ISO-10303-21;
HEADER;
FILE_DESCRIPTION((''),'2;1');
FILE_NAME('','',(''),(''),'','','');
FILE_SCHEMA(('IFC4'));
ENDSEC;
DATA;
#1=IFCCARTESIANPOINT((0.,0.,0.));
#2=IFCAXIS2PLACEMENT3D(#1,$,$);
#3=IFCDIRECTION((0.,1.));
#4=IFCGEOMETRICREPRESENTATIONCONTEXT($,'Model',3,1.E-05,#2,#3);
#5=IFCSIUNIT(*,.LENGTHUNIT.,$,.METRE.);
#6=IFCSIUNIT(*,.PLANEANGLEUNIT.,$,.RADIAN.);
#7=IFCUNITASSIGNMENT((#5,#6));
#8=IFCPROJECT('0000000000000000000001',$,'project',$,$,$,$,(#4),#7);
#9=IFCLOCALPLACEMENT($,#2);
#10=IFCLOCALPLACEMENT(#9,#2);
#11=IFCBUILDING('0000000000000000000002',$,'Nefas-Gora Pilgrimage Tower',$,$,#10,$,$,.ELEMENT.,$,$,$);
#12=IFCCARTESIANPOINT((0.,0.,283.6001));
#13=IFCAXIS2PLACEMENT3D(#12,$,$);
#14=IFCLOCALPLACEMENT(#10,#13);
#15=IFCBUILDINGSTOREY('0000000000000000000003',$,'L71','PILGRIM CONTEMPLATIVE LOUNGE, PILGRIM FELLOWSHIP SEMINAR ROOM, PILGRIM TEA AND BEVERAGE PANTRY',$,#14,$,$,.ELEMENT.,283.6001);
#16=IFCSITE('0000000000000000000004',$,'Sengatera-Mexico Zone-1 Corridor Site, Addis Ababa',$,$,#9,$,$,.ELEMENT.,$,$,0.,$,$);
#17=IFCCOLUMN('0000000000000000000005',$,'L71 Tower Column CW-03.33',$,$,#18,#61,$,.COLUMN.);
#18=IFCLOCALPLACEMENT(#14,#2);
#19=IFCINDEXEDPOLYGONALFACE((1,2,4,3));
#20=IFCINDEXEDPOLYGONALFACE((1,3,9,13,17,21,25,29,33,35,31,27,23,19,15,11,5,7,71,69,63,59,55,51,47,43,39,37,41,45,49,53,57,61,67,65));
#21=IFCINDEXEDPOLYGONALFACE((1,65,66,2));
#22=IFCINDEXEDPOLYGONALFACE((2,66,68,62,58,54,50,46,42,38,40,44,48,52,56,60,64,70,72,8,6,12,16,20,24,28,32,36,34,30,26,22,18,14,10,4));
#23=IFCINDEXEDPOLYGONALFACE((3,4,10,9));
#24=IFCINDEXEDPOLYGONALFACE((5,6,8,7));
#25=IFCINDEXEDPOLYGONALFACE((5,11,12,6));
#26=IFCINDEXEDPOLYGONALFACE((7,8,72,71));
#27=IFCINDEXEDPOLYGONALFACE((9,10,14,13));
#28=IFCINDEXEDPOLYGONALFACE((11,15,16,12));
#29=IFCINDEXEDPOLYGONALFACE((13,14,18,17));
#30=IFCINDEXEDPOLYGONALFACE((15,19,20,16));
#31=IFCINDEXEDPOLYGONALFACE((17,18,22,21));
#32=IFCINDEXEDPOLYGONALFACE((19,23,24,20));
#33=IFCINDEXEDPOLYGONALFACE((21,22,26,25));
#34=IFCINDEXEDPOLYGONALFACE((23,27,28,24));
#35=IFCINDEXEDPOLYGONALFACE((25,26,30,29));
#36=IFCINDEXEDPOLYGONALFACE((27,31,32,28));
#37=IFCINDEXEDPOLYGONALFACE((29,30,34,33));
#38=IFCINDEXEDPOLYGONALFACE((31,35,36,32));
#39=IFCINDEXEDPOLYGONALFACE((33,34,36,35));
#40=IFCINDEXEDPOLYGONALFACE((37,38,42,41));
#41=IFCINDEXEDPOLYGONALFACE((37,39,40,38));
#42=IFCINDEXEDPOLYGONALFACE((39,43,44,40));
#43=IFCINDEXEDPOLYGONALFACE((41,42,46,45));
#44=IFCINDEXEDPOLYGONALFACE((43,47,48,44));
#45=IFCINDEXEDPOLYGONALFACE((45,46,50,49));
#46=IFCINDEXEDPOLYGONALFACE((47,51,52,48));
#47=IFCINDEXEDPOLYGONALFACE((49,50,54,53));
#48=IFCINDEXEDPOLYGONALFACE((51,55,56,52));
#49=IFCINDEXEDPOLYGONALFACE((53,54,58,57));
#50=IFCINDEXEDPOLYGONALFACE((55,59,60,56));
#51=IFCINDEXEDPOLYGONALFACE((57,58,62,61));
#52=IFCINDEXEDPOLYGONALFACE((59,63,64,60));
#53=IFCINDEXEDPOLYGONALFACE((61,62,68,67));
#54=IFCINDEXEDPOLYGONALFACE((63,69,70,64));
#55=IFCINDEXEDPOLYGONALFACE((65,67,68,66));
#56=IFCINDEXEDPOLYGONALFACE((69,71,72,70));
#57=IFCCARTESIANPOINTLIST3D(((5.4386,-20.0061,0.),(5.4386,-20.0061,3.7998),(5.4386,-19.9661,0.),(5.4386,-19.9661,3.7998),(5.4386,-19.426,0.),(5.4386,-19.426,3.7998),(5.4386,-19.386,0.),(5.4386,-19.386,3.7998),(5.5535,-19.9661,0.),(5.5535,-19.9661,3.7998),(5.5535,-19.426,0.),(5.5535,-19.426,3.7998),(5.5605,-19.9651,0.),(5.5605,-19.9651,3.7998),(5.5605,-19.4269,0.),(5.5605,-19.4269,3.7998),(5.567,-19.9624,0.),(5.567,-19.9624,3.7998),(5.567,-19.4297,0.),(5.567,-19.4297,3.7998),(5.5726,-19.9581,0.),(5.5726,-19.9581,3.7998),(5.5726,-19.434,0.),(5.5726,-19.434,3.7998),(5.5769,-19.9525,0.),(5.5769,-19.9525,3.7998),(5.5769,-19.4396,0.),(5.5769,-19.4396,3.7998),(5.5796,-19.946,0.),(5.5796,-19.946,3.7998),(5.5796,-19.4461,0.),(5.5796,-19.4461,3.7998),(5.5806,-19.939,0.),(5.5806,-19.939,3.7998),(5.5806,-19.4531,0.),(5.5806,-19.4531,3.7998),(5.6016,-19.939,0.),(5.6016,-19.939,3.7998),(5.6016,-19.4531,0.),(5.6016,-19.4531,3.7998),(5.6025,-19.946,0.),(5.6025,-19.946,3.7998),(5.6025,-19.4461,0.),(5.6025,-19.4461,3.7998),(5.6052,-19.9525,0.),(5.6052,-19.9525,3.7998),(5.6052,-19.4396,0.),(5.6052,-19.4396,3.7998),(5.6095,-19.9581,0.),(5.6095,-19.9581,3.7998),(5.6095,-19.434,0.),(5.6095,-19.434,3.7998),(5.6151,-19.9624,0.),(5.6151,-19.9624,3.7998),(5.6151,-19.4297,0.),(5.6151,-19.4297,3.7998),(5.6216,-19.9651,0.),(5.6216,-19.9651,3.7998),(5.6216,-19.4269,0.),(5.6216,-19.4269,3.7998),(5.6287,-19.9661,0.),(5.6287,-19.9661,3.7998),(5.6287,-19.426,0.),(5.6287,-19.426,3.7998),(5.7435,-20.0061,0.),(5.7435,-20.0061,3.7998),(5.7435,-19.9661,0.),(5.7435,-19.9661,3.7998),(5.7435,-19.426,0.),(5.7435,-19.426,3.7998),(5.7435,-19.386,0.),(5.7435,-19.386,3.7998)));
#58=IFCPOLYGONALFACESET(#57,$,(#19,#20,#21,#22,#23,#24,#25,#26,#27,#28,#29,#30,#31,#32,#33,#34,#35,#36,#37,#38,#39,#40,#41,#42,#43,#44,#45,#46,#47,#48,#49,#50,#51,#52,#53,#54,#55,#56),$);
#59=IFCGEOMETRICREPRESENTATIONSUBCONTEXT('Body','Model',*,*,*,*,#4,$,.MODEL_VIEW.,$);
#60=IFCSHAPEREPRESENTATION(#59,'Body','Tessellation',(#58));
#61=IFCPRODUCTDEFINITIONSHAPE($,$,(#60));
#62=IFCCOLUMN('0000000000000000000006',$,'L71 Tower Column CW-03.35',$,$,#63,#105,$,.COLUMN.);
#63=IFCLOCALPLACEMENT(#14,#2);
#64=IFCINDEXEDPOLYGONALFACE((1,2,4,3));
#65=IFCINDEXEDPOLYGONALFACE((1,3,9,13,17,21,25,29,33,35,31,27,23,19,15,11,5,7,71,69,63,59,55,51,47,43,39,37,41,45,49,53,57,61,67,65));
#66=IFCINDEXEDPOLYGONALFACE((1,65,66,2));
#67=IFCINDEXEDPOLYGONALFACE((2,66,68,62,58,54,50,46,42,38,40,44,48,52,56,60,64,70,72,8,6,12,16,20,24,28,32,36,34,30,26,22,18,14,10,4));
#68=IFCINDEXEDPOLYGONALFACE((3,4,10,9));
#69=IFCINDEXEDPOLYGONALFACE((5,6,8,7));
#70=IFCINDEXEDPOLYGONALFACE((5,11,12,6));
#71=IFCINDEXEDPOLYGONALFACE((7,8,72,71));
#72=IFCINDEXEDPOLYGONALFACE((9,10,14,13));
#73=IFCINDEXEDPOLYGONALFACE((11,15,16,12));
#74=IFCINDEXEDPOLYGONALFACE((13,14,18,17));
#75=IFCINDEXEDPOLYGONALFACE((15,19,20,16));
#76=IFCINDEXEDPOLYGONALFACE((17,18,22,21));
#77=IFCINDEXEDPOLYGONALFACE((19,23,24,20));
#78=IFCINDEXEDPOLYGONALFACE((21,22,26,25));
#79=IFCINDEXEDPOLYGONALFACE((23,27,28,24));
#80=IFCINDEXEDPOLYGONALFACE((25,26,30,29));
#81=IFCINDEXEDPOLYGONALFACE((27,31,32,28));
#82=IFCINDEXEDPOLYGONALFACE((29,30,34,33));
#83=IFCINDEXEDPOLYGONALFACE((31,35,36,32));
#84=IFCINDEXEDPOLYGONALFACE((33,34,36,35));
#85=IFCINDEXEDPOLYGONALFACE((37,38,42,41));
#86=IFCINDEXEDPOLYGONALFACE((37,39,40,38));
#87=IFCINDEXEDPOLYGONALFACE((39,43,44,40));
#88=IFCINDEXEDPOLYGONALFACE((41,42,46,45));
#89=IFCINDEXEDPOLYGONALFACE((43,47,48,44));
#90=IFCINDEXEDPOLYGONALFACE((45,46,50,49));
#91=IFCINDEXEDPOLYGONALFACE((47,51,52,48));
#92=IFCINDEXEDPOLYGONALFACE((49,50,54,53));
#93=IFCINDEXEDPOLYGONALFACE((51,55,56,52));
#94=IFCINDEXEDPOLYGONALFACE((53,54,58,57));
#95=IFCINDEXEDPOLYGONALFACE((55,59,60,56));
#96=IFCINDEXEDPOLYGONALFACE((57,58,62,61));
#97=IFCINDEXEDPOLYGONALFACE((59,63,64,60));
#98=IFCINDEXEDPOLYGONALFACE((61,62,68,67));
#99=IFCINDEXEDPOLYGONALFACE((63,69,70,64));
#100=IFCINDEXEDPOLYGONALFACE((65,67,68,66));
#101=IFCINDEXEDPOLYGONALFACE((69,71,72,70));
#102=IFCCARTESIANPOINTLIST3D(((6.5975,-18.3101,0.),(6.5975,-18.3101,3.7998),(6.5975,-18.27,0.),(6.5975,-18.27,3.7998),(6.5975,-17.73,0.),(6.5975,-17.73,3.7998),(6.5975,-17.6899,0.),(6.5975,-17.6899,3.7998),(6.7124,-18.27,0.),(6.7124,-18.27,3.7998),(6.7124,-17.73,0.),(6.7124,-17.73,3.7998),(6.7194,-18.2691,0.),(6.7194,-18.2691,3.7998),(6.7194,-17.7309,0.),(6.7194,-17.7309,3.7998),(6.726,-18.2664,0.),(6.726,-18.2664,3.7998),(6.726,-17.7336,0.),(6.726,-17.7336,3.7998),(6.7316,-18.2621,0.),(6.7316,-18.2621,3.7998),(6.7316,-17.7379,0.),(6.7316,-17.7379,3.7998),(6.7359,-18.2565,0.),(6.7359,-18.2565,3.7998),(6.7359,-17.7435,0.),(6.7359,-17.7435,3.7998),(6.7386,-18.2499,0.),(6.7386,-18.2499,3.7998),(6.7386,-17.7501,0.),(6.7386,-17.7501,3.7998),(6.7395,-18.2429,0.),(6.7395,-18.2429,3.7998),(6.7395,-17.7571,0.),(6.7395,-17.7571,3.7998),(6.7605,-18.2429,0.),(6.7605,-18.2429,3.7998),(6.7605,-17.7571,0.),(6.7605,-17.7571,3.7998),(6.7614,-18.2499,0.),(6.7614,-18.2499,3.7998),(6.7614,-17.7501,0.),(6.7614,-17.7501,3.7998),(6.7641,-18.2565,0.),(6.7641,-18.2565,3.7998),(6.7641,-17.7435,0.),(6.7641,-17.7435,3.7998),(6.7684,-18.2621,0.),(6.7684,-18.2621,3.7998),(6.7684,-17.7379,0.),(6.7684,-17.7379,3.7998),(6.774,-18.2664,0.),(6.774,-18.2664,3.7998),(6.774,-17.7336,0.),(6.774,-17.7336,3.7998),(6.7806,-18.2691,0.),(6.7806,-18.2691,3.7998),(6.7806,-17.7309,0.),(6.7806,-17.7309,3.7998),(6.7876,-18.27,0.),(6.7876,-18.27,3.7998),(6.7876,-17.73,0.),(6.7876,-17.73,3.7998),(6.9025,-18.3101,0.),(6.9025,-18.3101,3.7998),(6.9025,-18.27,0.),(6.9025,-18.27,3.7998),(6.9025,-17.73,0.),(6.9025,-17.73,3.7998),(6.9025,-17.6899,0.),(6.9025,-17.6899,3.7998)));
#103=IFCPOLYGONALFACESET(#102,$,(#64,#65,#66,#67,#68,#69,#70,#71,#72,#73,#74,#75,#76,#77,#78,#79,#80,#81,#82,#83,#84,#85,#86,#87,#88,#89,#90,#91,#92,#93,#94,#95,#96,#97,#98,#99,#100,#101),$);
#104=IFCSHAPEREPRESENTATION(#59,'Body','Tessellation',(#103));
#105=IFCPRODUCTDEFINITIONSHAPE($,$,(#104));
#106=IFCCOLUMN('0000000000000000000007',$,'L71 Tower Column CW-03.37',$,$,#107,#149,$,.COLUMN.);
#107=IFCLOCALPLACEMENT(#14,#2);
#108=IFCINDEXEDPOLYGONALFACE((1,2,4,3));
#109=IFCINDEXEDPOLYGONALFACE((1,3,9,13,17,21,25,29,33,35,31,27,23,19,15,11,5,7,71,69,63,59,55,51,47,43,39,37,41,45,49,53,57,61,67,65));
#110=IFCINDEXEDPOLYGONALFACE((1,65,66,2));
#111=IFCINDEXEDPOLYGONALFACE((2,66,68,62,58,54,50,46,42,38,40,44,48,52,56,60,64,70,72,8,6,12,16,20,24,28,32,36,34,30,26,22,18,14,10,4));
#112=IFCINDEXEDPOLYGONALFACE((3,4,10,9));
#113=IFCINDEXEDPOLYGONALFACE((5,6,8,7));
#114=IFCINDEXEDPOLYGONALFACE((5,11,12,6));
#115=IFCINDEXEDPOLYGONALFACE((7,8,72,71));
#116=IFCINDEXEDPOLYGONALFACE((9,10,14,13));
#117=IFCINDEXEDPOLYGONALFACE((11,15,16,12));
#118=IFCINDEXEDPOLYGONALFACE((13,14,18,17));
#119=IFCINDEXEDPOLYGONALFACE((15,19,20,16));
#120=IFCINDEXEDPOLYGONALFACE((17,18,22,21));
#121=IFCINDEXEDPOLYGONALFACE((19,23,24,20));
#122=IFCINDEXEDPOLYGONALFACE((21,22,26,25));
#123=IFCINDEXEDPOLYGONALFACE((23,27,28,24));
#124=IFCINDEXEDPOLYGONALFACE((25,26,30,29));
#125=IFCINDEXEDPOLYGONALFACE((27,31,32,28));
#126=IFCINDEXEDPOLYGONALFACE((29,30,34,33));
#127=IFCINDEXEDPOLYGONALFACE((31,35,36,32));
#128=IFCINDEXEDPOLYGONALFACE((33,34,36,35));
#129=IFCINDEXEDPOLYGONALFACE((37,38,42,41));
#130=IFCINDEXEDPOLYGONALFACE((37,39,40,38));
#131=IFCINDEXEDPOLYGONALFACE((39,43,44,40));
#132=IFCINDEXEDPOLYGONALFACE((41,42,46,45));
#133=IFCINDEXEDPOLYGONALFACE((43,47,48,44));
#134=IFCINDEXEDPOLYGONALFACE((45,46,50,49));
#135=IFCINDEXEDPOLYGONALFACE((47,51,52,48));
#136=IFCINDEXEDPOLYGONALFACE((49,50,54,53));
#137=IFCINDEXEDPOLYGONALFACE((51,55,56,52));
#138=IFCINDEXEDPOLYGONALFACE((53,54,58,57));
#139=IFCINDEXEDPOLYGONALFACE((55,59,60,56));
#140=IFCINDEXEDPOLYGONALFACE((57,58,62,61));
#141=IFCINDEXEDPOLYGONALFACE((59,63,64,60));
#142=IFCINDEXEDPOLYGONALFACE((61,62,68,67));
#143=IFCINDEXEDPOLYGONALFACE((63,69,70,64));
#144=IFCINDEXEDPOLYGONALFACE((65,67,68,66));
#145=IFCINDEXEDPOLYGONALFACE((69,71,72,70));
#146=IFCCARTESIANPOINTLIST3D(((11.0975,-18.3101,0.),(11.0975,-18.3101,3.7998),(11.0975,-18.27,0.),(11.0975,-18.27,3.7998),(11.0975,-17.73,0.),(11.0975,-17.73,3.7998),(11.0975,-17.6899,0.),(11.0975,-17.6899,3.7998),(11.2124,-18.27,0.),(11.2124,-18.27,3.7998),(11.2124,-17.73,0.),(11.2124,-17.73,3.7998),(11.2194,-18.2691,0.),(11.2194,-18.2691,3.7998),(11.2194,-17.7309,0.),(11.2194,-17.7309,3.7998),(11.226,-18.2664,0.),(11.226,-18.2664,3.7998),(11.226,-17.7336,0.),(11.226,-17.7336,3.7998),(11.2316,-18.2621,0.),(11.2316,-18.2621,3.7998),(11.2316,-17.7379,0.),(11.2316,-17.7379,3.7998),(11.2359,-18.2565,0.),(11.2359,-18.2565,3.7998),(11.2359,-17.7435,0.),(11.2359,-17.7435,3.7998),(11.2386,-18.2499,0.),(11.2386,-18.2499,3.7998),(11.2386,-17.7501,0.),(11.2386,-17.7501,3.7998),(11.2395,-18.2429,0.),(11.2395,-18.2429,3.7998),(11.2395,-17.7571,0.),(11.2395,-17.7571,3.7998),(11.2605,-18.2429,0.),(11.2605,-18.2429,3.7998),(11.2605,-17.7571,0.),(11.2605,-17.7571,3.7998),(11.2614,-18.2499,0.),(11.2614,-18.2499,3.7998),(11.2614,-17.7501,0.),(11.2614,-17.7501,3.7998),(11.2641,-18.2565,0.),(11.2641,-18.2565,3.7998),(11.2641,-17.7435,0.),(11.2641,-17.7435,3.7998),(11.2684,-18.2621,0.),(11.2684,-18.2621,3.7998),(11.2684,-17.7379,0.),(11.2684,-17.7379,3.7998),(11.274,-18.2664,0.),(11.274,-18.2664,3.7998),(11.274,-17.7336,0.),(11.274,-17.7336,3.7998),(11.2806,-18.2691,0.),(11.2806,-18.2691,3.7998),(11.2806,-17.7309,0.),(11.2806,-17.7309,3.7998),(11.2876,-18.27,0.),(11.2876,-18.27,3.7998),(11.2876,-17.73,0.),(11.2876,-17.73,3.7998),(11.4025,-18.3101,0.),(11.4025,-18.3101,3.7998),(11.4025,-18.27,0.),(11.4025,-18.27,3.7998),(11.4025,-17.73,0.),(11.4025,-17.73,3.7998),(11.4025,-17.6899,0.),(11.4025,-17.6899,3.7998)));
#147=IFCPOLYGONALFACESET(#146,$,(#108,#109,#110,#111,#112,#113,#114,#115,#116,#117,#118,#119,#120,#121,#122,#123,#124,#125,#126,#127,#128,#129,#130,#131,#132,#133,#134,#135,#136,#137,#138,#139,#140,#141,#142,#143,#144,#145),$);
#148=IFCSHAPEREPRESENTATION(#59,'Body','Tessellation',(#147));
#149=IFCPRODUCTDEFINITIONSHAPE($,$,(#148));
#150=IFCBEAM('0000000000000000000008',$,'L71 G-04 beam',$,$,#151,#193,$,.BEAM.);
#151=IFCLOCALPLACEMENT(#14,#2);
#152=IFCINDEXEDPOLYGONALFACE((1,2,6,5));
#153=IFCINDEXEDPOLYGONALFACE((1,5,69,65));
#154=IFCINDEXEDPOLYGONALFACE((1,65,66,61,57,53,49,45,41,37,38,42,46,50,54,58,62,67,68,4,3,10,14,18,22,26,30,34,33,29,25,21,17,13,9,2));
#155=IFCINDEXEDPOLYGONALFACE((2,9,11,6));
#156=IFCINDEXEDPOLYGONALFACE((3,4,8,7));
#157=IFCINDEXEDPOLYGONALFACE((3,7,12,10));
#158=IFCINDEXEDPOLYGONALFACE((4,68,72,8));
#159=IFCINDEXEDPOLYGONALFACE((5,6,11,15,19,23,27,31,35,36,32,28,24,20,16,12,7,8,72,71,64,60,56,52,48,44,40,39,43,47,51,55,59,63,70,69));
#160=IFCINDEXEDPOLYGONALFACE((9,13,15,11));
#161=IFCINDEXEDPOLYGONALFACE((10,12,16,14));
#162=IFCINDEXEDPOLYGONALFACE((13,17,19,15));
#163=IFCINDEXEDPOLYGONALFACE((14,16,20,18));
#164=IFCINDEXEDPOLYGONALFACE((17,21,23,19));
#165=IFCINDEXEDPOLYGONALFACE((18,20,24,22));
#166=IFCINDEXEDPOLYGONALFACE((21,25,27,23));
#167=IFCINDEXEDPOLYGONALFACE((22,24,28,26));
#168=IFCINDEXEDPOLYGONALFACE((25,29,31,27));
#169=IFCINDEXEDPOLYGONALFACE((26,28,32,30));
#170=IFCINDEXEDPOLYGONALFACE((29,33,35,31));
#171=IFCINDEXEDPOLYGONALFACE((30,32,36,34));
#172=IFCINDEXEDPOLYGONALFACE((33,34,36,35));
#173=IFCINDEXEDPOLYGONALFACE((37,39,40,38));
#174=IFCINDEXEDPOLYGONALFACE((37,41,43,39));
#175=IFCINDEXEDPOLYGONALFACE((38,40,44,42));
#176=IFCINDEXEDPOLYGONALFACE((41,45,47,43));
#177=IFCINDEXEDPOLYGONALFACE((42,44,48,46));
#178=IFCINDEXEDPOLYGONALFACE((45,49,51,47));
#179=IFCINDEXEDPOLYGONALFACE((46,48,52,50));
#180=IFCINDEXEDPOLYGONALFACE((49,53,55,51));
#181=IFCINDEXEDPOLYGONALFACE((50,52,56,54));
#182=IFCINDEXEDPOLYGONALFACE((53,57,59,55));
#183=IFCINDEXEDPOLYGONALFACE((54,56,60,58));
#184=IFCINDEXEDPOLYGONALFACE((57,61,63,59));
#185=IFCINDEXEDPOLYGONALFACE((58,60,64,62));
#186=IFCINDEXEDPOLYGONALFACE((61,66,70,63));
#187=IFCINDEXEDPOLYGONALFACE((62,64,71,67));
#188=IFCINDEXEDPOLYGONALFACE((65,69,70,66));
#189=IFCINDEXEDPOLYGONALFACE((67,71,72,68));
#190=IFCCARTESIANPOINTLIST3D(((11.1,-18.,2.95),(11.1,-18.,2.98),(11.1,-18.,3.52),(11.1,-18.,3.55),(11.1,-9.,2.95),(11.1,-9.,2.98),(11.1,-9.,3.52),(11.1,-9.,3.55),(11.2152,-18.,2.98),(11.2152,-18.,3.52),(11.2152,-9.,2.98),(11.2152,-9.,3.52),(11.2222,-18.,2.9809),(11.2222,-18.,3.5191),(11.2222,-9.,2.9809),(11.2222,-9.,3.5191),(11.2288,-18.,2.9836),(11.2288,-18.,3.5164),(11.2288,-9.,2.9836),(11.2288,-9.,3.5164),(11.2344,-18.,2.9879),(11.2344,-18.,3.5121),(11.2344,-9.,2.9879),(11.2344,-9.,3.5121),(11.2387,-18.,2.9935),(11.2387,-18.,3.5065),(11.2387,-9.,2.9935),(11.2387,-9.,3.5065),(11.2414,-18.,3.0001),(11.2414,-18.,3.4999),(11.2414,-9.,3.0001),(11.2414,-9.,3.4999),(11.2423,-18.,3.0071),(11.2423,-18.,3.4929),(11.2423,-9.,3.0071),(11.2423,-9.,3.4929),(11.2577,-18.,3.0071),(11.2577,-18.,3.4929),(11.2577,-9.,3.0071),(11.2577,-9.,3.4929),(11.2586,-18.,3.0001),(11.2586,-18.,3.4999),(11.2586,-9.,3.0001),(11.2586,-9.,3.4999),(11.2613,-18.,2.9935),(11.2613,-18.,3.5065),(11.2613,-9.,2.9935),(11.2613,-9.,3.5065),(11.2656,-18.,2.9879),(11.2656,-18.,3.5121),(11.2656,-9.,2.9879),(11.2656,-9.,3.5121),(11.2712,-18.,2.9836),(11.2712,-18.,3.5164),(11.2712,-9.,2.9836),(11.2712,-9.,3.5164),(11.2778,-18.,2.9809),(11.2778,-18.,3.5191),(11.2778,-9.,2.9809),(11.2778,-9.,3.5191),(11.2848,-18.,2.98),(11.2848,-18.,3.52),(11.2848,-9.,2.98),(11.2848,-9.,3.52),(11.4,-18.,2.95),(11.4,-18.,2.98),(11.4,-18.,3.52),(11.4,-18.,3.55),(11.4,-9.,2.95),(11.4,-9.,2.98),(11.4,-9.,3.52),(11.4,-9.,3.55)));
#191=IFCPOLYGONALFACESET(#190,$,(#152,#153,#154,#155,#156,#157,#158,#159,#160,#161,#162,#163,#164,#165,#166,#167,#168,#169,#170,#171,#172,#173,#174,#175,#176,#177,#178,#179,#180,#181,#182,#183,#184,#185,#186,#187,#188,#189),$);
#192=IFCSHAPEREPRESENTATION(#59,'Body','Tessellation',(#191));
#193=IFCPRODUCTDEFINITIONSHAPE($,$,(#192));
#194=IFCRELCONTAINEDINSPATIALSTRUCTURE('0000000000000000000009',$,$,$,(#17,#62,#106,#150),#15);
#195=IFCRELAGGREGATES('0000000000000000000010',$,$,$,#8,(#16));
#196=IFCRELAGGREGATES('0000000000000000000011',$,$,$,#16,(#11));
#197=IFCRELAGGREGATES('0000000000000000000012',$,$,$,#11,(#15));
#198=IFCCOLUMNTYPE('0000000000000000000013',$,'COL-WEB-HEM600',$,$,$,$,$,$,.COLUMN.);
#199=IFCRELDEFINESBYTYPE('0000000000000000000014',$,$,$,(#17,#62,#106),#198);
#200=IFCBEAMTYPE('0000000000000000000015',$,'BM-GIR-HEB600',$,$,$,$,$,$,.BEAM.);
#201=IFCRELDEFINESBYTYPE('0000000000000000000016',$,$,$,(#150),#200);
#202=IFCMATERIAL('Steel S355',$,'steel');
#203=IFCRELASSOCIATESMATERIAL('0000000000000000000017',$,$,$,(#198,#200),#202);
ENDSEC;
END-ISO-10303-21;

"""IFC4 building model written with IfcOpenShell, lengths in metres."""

from ifc_helpers import new_model, si_unit, direction, frame, origin, origin_2d, place, context, subcontext, project, spatial, i_section, extrude, source, transform, mapped, material, material_profile, profile_set, type_object, element, save


model = new_model("IFC4")

# Units and contexts
model_context = context("Model", 3, precision=1e-05, world=origin(), true_north=direction((0.0, 1.0)))
body_context = subcontext(model_context, "Body", "Model", "MODEL_VIEW")
ifc_project = project(units=[si_unit("LENGTHUNIT", "METRE"), si_unit("PLANEANGLEUNIT", "RADIAN")], contexts=[model_context])

# Site, building, storey
site_placement = place(None, origin())
site = spatial("IfcSite", under=ifc_project, at=site_placement, Name="Sengatera-Mexico Zone-1 Corridor Site, Addis Ababa", CompositionType="ELEMENT", RefElevation=0.0)
building_placement = place(site_placement, origin())
building = spatial("IfcBuilding", under=site, at=building_placement, Name="Nefas-Gora Pilgrimage Tower", CompositionType="ELEMENT")
storey_placement = place(building_placement, frame((0.0, 0.0, 283.6001)))
storey = spatial("IfcBuildingStorey", under=building, at=storey_placement, Name="L71", Description="PILGRIM CONTEMPLATIVE LOUNGE, PILGRIM FELLOWSHIP SEMINAR ROOM, PILGRIM TEA AND BEVERAGE PANTRY", CompositionType="ELEMENT", Elevation=283.6001)

# Columns
ifc_material_1 = material(Name="Steel S355", Category="steel")
ifc_material_profile_1 = material_profile(ifc_material_1, i_section(OverallWidth=0.3049, OverallDepth=0.6201, WebThickness=0.021, FlangeThickness=0.04, FilletRadius=0.0271, at=origin_2d()), Name="HEM 600")
ifc_profile_set_1 = profile_set([ifc_material_profile_1], Name="Steel S355")
column_type_1 = type_object("IfcColumnType", Name="COL-WEB-HEM600", PredefinedType="COLUMN", material=ifc_profile_set_1)
shared_shape_1 = source(origin(), body_context, "Body", "SweptSolid", [
    extrude(i_section(OverallWidth=0.3049, OverallDepth=0.6201, WebThickness=0.021, FlangeThickness=0.04, FilletRadius=0.0271, at=origin_2d()), origin(), (0.0, 0.0, 1.0), 3.7998),
])
for number, where, z_axis, x_axis, name in (
    (1, (5.5911, -19.696, 0.0), (0.0, 0.0, 1.0), (1.0, 0.0, 0.0), "L71 Tower Column CW-03.33"),
    (2, (6.75, -18.0, 0.0), (0.0, 0.0, 1.0), (1.0, 0.0, 0.0), "L71 Tower Column CW-03.35"),
    (3, (11.25, -18.0, 0.0), (0.0, 0.0, 1.0), (1.0, 0.0, 0.0), "L71 Tower Column CW-03.37"),
):
    element("IfcColumn", number, at=place(storey_placement, frame(where, z_axis=z_axis, x_axis=x_axis)), inside=storey, type_object=column_type_1, Name=name, PredefinedType="COLUMN", context=body_context, shape_type="MappedRepresentation", body=[
        mapped(shared_shape_1, transform((0.0, 0.0, 0.0), x_axis=(1.0, 0.0, 0.0), y_axis=(0.0, 1.0, 0.0), z_axis=(0.0, 0.0, 1.0), scale=1.0)),
    ])

# Beam
ifc_material_profile_2 = material_profile(ifc_material_1, i_section(OverallWidth=0.3, OverallDepth=0.6001, WebThickness=0.0154, FlangeThickness=0.03, FilletRadius=0.0271, at=origin_2d()), Name="HEB 600")
ifc_profile_set_2 = profile_set([ifc_material_profile_2], Name="Steel S355")
beam_type = type_object("IfcBeamType", Name="BM-GIR-HEB600", PredefinedType="BEAM", material=ifc_profile_set_2)
shared_shape_2 = source(origin(), body_context, "Body", "SweptSolid", [
    extrude(i_section(OverallWidth=0.3, OverallDepth=0.6001, WebThickness=0.0154, FlangeThickness=0.03, FilletRadius=0.0271, at=origin_2d()), origin(), (0.0, 0.0, 1.0), 9.0),
])
beam_placement = place(storey_placement, frame((11.25, -18.0, 3.25), z_axis=(0.0, 1.0, 0.0), x_axis=(-1.0, 0.0, 0.0)))
element("IfcBeam", 4, at=beam_placement, inside=storey, type_object=beam_type, Name="L71 G-04 beam", PredefinedType="BEAM", context=body_context, shape_type="MappedRepresentation", body=[
    mapped(shared_shape_2, transform((0.0, 0.0, 0.0), x_axis=(1.0, 0.0, 0.0), y_axis=(0.0, 1.0, 0.0), z_axis=(0.0, 0.0, 1.0), scale=1.0)),
])

save(model, "model.ifc")
